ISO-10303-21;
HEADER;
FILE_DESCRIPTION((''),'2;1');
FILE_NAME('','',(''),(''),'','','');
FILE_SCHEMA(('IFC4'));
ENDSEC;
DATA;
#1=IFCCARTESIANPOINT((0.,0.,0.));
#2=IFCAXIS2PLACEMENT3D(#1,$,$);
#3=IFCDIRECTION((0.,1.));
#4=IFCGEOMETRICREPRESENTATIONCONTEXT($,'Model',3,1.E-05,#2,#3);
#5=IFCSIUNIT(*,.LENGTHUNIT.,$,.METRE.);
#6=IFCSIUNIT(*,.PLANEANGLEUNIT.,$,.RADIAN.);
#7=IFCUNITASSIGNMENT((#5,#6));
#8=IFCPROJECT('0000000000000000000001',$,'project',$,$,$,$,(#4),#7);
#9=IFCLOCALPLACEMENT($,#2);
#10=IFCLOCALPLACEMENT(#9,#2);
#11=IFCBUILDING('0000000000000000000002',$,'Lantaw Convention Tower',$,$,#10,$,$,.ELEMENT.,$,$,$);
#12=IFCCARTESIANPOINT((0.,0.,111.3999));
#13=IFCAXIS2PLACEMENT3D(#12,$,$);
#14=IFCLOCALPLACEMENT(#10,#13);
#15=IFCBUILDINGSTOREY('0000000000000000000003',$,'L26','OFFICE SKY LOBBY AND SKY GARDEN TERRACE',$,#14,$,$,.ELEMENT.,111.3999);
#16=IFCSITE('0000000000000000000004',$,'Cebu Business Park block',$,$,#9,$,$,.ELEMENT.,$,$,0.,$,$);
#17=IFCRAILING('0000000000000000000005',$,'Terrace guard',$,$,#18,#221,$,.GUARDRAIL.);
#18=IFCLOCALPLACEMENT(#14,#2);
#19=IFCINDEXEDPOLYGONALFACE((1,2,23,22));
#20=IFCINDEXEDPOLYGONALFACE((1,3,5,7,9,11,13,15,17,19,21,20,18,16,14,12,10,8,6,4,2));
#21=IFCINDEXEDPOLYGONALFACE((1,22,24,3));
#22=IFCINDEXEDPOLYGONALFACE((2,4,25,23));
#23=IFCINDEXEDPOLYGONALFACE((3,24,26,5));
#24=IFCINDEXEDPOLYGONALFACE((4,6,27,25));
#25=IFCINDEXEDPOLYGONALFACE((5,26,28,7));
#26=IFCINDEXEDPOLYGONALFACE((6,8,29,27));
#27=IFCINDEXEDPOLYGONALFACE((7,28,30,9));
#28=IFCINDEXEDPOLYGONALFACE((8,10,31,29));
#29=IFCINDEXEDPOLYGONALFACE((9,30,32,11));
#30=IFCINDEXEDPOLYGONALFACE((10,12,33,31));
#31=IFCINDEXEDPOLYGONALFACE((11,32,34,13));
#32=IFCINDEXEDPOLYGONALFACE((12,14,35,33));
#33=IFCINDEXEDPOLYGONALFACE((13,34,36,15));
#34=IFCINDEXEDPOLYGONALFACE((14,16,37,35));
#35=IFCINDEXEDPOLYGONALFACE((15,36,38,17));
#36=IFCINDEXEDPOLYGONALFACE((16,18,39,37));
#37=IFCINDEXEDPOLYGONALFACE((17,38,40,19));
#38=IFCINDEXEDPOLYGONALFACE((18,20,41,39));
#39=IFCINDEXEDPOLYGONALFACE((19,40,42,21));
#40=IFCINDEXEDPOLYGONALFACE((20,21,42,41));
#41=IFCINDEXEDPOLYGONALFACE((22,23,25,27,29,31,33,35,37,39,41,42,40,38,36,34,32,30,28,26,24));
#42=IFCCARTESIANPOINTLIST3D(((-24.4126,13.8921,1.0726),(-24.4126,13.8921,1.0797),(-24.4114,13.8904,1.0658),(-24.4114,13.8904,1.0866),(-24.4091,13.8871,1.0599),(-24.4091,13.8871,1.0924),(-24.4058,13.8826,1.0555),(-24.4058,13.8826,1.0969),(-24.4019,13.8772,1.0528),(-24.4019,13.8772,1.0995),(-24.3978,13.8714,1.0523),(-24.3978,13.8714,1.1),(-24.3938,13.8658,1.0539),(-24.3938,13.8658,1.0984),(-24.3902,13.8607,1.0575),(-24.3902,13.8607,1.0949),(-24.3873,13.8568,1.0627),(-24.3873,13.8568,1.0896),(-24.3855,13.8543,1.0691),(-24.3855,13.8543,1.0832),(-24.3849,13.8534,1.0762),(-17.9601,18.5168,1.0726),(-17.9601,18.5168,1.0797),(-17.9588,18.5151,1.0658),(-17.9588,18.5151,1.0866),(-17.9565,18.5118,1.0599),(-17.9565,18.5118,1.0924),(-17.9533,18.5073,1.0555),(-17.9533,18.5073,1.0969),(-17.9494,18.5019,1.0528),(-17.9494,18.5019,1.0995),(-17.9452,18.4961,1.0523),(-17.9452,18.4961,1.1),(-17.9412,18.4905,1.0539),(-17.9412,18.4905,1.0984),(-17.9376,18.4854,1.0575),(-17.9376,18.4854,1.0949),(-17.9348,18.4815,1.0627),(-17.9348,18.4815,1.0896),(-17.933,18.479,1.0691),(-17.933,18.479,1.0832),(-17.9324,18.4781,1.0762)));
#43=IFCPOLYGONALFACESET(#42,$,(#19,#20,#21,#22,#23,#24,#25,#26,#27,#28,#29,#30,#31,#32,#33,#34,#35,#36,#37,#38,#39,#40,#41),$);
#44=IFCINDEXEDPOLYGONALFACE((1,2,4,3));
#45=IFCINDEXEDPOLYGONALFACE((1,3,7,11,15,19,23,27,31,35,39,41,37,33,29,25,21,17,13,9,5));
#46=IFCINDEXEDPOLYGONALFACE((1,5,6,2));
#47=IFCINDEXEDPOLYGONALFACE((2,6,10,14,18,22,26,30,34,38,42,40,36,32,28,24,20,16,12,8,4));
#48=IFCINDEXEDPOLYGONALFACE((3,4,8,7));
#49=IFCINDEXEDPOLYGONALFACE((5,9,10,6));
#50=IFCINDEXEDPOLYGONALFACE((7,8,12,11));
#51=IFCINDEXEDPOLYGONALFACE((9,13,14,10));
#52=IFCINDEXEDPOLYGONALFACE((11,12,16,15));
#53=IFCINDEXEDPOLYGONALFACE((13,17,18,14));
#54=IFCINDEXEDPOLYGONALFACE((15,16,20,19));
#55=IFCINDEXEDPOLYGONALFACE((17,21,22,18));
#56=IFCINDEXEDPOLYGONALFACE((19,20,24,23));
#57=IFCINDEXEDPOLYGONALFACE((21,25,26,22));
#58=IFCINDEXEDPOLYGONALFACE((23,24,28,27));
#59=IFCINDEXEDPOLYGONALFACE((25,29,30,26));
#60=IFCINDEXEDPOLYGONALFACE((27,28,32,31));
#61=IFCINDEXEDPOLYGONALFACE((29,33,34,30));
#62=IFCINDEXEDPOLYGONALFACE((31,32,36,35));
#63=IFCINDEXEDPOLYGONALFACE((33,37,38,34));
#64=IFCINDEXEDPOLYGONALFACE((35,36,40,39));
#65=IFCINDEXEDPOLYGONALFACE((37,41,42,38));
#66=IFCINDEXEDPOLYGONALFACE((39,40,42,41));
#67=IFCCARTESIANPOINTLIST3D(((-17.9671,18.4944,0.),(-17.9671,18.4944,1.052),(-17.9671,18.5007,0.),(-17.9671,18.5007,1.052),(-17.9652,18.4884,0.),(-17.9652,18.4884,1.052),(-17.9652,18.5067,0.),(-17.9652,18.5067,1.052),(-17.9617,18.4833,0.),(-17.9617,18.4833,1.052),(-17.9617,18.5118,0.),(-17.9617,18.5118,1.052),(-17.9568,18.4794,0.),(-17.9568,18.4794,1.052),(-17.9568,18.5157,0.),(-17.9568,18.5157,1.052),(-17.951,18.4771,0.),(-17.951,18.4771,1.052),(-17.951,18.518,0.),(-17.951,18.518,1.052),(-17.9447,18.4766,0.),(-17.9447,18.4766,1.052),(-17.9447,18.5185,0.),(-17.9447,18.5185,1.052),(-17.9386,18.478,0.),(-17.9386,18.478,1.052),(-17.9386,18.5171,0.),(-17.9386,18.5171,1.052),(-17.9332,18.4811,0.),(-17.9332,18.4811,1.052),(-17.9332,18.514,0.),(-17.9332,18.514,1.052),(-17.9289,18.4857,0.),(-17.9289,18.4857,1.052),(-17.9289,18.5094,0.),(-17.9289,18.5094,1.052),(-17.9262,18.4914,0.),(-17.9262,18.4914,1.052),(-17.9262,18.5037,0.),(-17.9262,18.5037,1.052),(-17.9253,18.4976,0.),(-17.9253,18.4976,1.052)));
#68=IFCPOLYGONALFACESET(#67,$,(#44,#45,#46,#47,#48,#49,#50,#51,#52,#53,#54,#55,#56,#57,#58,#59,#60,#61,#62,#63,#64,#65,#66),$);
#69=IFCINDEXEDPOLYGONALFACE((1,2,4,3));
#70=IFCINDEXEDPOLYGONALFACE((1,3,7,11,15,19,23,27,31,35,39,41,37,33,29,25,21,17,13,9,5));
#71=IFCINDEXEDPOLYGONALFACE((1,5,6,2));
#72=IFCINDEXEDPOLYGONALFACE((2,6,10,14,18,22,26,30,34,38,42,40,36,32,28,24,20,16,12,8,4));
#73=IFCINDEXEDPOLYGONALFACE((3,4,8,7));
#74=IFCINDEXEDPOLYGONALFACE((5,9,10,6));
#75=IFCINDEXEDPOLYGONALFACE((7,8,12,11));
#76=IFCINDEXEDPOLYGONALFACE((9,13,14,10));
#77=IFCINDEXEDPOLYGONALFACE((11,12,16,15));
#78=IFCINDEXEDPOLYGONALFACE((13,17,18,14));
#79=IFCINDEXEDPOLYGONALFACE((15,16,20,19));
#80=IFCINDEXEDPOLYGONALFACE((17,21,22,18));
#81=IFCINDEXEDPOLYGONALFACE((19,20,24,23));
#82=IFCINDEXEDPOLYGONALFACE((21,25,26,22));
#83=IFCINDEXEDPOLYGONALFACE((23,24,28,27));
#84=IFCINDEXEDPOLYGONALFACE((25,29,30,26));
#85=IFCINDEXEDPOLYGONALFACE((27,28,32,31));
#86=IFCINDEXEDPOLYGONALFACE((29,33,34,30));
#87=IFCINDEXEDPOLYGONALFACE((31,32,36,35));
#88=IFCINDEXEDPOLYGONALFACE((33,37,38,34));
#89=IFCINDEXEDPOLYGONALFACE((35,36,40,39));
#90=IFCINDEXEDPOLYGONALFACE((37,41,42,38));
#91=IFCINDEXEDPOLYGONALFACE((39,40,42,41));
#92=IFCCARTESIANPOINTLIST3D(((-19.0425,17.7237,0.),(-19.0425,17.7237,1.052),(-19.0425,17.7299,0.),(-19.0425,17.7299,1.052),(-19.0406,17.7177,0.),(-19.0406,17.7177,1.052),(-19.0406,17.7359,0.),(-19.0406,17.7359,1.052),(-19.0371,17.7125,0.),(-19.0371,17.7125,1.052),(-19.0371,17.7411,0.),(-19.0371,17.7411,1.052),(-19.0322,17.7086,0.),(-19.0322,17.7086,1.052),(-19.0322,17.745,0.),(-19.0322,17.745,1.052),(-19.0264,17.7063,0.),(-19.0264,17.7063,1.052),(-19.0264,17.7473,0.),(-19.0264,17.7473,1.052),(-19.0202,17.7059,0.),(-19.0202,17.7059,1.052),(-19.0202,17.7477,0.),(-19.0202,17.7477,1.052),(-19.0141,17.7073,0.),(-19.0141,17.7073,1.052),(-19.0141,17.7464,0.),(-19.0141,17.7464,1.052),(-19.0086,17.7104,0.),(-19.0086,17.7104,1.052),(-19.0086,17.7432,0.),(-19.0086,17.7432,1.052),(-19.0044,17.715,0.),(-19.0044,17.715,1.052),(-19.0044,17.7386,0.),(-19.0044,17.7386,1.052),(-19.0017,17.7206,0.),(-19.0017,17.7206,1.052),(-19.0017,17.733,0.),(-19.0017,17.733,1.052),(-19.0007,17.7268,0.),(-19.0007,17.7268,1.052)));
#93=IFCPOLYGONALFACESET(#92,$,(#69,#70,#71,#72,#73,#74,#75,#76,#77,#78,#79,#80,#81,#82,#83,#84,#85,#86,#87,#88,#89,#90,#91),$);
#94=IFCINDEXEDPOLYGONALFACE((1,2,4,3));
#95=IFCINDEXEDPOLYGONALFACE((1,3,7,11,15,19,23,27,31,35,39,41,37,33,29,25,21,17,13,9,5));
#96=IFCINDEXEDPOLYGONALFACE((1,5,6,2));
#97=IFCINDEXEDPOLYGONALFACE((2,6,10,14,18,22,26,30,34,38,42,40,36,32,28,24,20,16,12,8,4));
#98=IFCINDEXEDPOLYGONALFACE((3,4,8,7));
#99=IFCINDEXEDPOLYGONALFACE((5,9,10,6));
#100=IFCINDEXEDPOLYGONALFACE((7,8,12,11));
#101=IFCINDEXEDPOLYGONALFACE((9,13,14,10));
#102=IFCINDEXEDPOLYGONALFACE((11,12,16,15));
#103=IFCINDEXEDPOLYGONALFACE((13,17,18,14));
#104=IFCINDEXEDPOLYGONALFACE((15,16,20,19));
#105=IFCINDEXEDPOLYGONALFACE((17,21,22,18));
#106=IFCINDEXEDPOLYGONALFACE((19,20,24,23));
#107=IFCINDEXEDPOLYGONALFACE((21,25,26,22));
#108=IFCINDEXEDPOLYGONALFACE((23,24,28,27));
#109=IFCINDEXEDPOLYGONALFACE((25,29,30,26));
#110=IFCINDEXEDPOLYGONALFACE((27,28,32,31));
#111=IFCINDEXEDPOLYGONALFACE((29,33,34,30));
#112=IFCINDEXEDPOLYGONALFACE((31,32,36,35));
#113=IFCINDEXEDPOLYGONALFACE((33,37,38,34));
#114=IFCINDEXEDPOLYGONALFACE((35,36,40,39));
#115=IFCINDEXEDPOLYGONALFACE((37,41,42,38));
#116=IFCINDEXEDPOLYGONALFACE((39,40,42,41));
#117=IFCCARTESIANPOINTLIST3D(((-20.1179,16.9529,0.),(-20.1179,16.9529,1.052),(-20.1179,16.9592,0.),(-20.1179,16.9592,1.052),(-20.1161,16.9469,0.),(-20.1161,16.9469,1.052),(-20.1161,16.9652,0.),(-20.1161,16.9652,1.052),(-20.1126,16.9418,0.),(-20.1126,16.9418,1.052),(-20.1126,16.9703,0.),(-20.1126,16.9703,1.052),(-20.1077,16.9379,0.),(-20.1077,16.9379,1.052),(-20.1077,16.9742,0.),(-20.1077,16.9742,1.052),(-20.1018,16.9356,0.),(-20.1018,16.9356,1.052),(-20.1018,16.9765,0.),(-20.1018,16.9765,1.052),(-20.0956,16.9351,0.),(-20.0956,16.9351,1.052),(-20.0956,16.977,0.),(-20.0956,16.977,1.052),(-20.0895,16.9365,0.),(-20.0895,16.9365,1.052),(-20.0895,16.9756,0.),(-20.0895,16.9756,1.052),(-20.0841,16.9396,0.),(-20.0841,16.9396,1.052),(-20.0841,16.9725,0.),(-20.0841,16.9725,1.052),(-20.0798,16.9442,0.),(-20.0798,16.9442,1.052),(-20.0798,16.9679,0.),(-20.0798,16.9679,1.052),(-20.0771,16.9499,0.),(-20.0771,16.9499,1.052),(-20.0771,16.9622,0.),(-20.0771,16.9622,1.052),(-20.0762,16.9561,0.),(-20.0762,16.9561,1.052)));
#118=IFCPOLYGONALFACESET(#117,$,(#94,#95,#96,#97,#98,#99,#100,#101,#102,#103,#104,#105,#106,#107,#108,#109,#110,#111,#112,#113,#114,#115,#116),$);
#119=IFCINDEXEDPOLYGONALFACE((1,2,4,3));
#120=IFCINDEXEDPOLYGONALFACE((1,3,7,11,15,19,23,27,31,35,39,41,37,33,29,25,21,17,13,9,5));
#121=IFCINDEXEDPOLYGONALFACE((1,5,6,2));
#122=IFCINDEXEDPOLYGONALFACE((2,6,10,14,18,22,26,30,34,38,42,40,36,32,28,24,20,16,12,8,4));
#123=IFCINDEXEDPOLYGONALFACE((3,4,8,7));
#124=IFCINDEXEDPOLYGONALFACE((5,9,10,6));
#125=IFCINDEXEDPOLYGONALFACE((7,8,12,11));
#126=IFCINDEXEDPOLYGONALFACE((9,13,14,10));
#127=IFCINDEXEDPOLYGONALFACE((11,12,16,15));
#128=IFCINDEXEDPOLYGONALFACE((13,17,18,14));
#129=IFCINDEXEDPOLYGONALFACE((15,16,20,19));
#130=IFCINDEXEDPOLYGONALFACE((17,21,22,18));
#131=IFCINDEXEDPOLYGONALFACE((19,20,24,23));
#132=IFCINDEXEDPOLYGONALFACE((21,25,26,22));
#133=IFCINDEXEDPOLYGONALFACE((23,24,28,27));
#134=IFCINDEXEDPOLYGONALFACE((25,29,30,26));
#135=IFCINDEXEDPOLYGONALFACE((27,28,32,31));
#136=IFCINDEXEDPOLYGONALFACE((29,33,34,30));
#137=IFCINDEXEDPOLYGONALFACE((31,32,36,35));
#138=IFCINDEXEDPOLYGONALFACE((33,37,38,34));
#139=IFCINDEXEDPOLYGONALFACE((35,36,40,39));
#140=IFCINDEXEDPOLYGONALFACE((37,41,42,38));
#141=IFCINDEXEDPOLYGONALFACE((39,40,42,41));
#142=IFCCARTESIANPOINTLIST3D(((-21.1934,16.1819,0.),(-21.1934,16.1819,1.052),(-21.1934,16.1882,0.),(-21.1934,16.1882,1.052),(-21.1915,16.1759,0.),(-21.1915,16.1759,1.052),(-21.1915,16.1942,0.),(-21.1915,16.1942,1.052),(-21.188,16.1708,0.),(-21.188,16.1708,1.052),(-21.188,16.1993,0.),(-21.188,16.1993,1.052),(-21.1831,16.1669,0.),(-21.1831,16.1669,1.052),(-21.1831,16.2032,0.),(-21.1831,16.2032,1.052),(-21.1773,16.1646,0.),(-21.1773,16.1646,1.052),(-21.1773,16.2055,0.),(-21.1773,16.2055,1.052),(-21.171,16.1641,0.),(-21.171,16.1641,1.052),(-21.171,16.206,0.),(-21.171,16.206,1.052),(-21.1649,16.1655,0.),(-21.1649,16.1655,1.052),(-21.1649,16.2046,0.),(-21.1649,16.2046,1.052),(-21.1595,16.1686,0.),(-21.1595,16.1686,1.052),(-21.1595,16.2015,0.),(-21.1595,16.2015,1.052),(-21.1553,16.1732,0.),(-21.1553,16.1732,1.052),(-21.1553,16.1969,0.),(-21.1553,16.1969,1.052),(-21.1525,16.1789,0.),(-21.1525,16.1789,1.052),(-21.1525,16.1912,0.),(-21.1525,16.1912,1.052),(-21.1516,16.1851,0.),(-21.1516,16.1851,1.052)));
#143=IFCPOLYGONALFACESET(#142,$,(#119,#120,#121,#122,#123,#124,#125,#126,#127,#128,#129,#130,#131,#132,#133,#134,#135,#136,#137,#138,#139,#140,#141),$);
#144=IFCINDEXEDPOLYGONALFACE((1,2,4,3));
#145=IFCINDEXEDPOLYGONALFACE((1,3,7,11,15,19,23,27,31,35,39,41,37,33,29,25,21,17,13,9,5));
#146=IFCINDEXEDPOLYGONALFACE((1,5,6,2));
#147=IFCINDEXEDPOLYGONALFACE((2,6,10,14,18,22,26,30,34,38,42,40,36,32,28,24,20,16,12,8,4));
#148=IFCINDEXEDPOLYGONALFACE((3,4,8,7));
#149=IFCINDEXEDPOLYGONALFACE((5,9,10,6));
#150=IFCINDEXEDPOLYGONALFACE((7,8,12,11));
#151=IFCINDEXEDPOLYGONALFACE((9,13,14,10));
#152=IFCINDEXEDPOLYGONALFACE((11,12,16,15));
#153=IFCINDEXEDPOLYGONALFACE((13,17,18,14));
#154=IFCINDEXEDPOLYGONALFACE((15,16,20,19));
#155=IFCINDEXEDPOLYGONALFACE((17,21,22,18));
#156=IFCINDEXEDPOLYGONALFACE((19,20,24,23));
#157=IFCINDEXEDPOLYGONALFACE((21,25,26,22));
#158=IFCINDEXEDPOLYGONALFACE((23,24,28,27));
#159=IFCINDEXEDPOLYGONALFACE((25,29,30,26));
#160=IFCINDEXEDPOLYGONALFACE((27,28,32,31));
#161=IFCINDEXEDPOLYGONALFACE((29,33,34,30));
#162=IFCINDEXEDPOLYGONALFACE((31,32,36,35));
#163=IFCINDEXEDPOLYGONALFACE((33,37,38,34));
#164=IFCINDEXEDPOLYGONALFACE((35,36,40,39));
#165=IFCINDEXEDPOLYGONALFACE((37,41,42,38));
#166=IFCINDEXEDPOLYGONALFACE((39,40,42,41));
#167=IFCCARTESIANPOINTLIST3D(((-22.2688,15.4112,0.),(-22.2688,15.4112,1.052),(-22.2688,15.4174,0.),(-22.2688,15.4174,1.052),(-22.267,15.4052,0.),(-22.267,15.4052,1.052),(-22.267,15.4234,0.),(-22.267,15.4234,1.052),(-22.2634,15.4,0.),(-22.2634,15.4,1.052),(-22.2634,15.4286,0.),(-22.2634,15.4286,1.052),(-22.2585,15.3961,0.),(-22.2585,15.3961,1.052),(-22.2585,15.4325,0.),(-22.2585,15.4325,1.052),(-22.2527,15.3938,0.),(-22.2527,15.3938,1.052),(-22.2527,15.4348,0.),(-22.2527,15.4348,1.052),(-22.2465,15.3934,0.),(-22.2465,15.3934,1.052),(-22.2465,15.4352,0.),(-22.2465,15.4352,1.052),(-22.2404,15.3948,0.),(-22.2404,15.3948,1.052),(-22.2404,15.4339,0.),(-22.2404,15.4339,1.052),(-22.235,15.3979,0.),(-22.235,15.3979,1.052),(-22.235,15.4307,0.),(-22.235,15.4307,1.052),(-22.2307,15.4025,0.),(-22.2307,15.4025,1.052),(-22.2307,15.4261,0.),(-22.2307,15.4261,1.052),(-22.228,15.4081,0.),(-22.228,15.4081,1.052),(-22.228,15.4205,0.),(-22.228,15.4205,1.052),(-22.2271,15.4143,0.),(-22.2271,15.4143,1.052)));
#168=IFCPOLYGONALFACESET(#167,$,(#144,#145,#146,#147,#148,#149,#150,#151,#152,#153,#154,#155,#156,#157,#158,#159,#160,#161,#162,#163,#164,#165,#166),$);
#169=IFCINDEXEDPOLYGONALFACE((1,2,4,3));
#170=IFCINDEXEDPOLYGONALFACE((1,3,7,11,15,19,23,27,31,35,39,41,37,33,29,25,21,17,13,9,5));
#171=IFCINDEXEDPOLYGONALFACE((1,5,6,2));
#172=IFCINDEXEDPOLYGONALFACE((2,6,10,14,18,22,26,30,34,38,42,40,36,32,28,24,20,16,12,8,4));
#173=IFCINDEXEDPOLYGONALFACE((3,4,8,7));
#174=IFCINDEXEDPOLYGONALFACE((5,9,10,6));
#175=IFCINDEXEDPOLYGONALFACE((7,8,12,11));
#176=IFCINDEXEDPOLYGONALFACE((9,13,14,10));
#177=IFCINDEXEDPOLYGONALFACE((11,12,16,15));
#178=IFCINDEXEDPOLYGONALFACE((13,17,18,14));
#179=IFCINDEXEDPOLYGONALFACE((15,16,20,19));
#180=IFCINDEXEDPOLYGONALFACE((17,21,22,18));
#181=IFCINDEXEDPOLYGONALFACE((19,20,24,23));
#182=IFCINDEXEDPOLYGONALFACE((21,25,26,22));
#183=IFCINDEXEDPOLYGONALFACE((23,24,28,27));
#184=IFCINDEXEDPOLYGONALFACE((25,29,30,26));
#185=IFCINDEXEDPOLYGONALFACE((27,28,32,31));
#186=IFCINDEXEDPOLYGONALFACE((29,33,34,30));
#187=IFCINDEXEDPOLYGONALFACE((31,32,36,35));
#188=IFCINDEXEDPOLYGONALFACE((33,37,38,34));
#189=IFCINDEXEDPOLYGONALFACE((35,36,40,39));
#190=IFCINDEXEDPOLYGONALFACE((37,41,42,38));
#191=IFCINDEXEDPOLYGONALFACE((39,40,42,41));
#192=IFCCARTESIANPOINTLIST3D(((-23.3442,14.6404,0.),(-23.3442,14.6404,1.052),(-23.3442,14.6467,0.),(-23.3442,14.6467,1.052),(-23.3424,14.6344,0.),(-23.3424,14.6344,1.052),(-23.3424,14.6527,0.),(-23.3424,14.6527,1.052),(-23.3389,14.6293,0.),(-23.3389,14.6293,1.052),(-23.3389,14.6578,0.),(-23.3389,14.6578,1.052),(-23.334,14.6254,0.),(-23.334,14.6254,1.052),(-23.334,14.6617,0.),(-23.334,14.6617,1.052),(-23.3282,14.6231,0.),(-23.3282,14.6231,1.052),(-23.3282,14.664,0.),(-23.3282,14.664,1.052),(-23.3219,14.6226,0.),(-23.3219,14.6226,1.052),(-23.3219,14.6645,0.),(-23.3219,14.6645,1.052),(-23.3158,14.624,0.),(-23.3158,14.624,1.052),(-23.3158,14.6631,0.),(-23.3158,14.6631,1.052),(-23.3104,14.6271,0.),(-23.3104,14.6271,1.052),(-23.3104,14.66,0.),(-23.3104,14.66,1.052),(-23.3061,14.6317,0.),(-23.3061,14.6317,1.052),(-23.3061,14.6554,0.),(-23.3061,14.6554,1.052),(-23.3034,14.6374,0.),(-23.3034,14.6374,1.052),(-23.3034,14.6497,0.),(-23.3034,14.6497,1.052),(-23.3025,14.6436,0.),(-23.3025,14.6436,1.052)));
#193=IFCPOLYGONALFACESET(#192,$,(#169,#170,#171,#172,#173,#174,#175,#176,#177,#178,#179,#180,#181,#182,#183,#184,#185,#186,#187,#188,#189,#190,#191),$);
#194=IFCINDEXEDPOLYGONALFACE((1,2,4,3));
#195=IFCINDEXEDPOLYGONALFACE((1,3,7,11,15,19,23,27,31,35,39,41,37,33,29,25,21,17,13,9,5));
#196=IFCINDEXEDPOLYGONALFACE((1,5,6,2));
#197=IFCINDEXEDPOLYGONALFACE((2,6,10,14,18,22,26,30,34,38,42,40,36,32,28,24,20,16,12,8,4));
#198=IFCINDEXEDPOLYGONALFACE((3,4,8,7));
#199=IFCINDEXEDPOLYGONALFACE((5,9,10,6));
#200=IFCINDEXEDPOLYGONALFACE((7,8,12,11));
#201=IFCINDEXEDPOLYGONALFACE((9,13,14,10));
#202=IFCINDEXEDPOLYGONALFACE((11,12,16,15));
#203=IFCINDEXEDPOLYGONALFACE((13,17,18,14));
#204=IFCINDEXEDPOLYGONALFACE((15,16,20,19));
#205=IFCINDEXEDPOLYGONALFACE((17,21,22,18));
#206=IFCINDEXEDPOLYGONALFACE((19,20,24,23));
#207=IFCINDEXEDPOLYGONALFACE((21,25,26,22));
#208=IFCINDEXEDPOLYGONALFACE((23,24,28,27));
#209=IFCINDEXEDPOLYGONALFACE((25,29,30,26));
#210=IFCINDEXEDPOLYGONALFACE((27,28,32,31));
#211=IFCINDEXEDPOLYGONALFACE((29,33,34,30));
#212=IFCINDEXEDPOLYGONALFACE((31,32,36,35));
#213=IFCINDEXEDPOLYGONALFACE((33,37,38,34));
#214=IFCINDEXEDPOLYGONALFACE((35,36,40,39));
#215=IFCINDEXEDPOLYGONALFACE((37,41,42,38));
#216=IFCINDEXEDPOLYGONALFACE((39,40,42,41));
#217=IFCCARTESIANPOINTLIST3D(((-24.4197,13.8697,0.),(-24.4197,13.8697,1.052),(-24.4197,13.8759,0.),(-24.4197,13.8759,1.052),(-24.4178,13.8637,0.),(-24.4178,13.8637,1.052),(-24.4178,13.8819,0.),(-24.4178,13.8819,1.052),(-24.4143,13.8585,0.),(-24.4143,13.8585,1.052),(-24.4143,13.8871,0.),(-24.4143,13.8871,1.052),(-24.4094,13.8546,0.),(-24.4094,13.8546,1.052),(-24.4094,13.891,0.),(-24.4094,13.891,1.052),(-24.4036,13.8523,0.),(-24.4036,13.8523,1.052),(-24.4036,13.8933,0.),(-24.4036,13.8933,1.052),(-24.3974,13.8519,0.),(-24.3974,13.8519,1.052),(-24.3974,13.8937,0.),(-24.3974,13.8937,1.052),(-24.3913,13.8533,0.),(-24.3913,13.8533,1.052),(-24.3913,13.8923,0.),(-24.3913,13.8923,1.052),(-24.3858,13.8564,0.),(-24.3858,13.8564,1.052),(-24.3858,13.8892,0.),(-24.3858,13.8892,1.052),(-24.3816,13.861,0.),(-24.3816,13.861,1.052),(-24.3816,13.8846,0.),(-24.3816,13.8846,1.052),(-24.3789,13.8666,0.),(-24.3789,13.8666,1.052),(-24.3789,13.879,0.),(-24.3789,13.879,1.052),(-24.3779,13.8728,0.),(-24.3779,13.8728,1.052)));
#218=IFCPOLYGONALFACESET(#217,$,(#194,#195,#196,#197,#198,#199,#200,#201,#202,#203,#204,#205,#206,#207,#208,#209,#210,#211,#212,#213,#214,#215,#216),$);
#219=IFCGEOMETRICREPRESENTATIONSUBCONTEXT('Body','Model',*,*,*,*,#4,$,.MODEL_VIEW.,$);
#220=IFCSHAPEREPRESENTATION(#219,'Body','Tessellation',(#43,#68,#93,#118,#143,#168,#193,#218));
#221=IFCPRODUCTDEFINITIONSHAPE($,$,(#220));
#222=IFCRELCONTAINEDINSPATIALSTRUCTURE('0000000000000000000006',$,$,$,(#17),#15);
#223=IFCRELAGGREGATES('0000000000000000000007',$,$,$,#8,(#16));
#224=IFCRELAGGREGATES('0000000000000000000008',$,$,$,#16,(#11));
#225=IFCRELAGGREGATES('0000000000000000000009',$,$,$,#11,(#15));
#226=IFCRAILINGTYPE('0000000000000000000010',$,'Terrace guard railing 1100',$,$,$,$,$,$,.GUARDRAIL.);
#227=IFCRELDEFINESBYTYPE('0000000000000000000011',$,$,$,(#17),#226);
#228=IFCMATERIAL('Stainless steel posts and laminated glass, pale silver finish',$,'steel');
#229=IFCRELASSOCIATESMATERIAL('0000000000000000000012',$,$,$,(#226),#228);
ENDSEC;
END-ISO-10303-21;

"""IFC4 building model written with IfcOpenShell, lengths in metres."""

from ifc_helpers import new_model, si_unit, direction, frame, origin, origin_2d, place, context, subcontext, project, spatial, circle, extrude, material, type_object, element, save


model = new_model("IFC4")

# Units and contexts
model_context = context("Model", 3, precision=1e-05, world=origin(), true_north=direction((0.0, 1.0)))
body_context = subcontext(model_context, "Body", "Model", "MODEL_VIEW")
ifc_project = project(units=[si_unit("LENGTHUNIT", "METRE"), si_unit("PLANEANGLEUNIT", "RADIAN")], contexts=[model_context])

# Site, building, storey
site_placement = place(None, origin())
site = spatial("IfcSite", under=ifc_project, at=site_placement, Name="Cebu Business Park block", CompositionType="ELEMENT", RefElevation=0.0)
building_placement = place(site_placement, origin())
building = spatial("IfcBuilding", under=site, at=building_placement, Name="Lantaw Convention Tower", CompositionType="ELEMENT")
storey_placement = place(building_placement, frame((0.0, 0.0, 111.3999)))
storey = spatial("IfcBuildingStorey", under=building, at=storey_placement, Name="L26", Description="OFFICE SKY LOBBY AND SKY GARDEN TERRACE", CompositionType="ELEMENT", Elevation=111.3999)

# Railing
ifc_material_1 = material(Name="Stainless steel posts and laminated glass, pale silver finish", Category="steel")
railing_type = type_object("IfcRailingType", Name="Terrace guard railing 1100", PredefinedType="GUARDRAIL", material=ifc_material_1)
railing_placement = place(storey_placement, frame((-17.9463, 18.4976, 0.0)))
element("IfcRailing", 1, at=railing_placement, inside=storey, type_object=railing_type, Name="Terrace guard", PredefinedType="GUARDRAIL", context=body_context, shape_type="SweptSolid", body=[
    extrude(circle(Radius=0.0239, at=origin_2d()), frame((0.0, 0.0, 1.0762), z_axis=(-0.812795, -0.582549, 0.0), x_axis=(0.582549, -0.812795, 0.0)), (0.0, 0.0, 1.0), 7.9387),
    extrude(circle(Radius=0.021, at=origin_2d()), origin(), (0.0, 0.0, 1.0), 1.052),
    extrude(circle(Radius=0.021, at=origin_2d()), frame((-1.0754, -0.7708, 0.0)), (0.0, 0.0, 1.0), 1.052),
    extrude(circle(Radius=0.021, at=origin_2d()), frame((-2.1509, -1.5415, 0.0)), (0.0, 0.0, 1.0), 1.052),
    extrude(circle(Radius=0.021, at=origin_2d()), frame((-3.2263, -2.3125, 0.0)), (0.0, 0.0, 1.0), 1.052),
    extrude(circle(Radius=0.021, at=origin_2d()), frame((-4.3018, -3.0833, 0.0)), (0.0, 0.0, 1.0), 1.052),
    extrude(circle(Radius=0.021, at=origin_2d()), frame((-5.3772, -3.854, 0.0)), (0.0, 0.0, 1.0), 1.052),
    extrude(circle(Radius=0.021, at=origin_2d()), frame((-6.4526, -4.6248, 0.0)), (0.0, 0.0, 1.0), 1.052),
])

save(model, "model.ifc")
